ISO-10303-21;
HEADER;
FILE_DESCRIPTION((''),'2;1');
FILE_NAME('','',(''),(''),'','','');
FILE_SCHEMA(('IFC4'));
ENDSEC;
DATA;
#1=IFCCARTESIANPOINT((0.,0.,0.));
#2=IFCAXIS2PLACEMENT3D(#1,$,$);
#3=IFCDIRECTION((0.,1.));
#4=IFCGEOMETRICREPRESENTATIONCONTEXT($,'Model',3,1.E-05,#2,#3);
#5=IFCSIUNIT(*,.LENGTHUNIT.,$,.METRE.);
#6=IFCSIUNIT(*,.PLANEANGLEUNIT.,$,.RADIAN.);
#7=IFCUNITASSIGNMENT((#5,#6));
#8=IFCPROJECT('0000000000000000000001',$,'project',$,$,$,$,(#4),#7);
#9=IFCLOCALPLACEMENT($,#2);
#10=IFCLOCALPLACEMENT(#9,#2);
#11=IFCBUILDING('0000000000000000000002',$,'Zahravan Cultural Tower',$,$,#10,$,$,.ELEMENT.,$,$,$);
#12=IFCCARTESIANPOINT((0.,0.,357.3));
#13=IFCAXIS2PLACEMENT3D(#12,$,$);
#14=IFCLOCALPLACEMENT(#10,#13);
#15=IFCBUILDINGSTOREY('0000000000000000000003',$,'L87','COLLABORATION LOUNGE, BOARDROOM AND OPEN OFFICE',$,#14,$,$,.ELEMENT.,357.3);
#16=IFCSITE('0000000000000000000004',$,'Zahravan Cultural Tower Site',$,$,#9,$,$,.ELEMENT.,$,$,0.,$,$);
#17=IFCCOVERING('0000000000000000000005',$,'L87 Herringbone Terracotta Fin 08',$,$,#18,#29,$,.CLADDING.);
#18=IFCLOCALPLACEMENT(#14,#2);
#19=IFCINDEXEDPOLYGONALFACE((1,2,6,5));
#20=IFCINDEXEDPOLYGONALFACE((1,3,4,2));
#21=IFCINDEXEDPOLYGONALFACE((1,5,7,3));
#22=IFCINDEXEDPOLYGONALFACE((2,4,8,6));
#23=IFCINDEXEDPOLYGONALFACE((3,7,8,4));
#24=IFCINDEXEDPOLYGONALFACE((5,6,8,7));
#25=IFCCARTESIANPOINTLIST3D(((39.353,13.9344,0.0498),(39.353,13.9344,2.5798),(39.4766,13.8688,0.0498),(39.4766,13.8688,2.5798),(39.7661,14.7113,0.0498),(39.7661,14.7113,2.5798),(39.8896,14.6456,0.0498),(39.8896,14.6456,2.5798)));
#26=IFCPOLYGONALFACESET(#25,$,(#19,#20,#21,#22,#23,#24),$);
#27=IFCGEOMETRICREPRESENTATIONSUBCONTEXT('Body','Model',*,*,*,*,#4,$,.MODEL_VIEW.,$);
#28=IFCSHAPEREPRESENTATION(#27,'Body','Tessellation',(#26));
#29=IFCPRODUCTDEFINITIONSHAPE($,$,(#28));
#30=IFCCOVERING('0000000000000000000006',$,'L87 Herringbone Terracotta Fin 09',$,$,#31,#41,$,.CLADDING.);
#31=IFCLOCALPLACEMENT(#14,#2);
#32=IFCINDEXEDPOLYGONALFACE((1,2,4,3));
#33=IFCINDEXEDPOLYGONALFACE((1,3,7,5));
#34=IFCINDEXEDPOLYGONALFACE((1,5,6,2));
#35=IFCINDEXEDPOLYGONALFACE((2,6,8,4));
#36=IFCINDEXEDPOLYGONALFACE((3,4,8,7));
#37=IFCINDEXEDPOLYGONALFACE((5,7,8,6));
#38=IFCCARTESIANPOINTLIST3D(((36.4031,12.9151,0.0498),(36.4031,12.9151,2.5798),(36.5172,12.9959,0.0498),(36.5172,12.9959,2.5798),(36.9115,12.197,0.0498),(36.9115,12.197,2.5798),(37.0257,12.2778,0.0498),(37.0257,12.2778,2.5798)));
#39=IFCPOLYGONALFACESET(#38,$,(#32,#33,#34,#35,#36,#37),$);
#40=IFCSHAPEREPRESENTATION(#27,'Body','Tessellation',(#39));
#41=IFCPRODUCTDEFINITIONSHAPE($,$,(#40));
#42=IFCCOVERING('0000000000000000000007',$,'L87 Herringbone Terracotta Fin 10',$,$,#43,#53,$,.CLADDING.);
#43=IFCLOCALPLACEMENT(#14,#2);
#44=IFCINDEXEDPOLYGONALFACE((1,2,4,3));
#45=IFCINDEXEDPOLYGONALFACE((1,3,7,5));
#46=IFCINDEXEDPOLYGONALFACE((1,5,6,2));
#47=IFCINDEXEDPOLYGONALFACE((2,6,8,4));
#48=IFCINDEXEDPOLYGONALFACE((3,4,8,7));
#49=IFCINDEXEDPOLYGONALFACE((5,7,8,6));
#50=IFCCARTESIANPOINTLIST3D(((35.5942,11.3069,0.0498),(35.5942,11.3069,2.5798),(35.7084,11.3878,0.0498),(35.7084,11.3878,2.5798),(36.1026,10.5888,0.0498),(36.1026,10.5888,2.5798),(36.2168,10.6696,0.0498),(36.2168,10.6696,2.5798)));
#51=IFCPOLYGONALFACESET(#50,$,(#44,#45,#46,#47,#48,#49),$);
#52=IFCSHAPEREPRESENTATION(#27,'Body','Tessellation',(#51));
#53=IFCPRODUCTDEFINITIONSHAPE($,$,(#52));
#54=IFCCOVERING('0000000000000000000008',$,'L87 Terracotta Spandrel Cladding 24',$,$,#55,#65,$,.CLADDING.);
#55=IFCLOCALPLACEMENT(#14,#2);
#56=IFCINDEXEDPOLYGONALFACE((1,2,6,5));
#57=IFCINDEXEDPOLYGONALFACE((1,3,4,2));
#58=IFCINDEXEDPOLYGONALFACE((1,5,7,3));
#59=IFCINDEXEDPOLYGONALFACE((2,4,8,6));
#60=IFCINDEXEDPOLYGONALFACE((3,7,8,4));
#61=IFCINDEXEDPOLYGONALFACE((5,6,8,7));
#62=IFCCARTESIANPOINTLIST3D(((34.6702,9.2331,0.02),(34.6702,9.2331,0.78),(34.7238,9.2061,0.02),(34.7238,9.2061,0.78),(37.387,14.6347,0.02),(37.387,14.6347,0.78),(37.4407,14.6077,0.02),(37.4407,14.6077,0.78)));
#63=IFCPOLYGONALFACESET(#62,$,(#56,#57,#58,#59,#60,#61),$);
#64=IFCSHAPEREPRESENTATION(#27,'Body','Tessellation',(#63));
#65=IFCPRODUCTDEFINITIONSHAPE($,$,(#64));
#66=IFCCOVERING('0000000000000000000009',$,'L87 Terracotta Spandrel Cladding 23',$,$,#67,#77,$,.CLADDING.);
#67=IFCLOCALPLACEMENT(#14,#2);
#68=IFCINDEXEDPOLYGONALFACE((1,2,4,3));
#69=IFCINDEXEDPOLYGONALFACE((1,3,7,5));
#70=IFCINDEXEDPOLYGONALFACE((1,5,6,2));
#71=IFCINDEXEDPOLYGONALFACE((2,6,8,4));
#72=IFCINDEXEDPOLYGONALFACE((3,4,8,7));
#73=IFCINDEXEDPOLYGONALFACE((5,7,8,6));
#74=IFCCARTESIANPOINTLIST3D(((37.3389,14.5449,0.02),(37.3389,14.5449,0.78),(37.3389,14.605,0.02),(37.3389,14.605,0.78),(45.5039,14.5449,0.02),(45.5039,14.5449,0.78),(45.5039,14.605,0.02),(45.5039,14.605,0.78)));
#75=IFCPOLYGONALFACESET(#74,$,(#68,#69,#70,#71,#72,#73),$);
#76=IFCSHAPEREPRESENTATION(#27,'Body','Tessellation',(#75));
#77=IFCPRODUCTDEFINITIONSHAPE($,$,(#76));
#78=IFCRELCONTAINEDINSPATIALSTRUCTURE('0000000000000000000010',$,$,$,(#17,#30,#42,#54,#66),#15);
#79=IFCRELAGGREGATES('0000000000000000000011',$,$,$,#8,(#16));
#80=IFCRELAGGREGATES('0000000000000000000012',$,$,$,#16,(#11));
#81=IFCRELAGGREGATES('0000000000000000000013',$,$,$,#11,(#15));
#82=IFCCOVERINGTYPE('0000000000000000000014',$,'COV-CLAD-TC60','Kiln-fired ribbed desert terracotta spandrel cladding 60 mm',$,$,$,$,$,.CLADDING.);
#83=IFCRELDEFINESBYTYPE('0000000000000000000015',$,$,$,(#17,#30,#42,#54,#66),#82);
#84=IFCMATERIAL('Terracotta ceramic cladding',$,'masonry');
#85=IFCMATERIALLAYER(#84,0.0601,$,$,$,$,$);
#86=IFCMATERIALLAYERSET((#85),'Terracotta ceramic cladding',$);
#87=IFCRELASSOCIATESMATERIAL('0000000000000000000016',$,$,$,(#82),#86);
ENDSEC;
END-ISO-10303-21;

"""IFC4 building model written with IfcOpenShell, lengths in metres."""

from ifc_helpers import new_model, si_unit, direction, frame, origin, origin_2d, place, context, subcontext, project, spatial, rectangle, extrude, source, transform, mapped, material, layer, layer_set, type_object, element, save


model = new_model("IFC4")

# Units and contexts
model_context = context("Model", 3, precision=1e-05, world=origin(), true_north=direction((0.0, 1.0)))
body_context = subcontext(model_context, "Body", "Model", "MODEL_VIEW")
ifc_project = project(units=[si_unit("LENGTHUNIT", "METRE"), si_unit("PLANEANGLEUNIT", "RADIAN")], contexts=[model_context])

# Site, building, storey
site_placement = place(None, origin())
site = spatial("IfcSite", under=ifc_project, at=site_placement, Name="Zahravan Cultural Tower Site", CompositionType="ELEMENT", RefElevation=0.0)
building_placement = place(site_placement, origin())
building = spatial("IfcBuilding", under=site, at=building_placement, Name="Zahravan Cultural Tower", CompositionType="ELEMENT")
storey_placement = place(building_placement, frame((0.0, 0.0, 357.3)))
storey = spatial("IfcBuildingStorey", under=building, at=storey_placement, Name="L87", Description="COLLABORATION LOUNGE, BOARDROOM AND OPEN OFFICE", CompositionType="ELEMENT", Elevation=357.3)

# Coverings
ifc_material_1 = material(Name="Terracotta ceramic cladding", Category="masonry")
ifc_layer_1 = layer(ifc_material_1, 0.0601)
ifc_layer_set_1 = layer_set([ifc_layer_1], Name="Terracotta ceramic cladding")
covering_type = type_object("IfcCoveringType", Name="COV-CLAD-TC60", Description="Kiln-fired ribbed desert terracotta spandrel cladding 60 mm", PredefinedType="CLADDING", material=ifc_layer_set_1)
shared_shape_1 = source(origin(), body_context, "Body", "SweptSolid", [
    extrude(rectangle(XDim=0.8799, YDim=0.1399, at=origin_2d()), origin(), (0.0, 0.0, 1.0), 2.53),
])
for number, where, z_axis, x_axis, name in (
    (1, (39.6213, 14.29, 0.0498), (0.0, 0.0, 1.0), (-0.469472, -0.882948, 0.0), "L87 Herringbone Terracotta Fin 08"),
    (2, (36.7144, 12.5964, 0.0498), (0.0, 0.0, 1.0), (0.577843, -0.816148, 0.0), "L87 Herringbone Terracotta Fin 09"),
    (3, (35.9055, 10.9883, 0.0498), (0.0, 0.0, 1.0), (0.577843, -0.816148, 0.0), "L87 Herringbone Terracotta Fin 10"),
):
    element("IfcCovering", number, at=place(storey_placement, frame(where, z_axis=z_axis, x_axis=x_axis)), inside=storey, type_object=covering_type, Name=name, PredefinedType="CLADDING", context=body_context, shape_type="MappedRepresentation", body=[
        mapped(shared_shape_1, transform((0.0, 0.0, 0.0), x_axis=(1.0, 0.0, 0.0), y_axis=(0.0, 1.0, 0.0), z_axis=(0.0, 0.0, 1.0), scale=1.0)),
    ])
shared_shape_2 = source(origin(), body_context, "Body", "SweptSolid", [
    extrude(rectangle(XDim=6.0464, YDim=0.0601, at=origin_2d()), origin(), (0.0, 0.0, 1.0), 0.76),
])
covering_1_placement = place(storey_placement, frame((36.0554, 11.9204, 0.02), z_axis=(0.0, 0.0, 1.0), x_axis=(-0.449335, -0.893364, 0.0)))
element("IfcCovering", 4, at=covering_1_placement, inside=storey, type_object=covering_type, Name="L87 Terracotta Spandrel Cladding 24", PredefinedType="CLADDING", context=body_context, shape_type="MappedRepresentation", body=[
    mapped(shared_shape_2, transform((0.0, 0.0, 0.0), x_axis=(1.0, 0.0, 0.0), y_axis=(0.0, 1.0, 0.0), z_axis=(0.0, 0.0, 1.0), scale=1.0)),
])
shared_shape_3 = source(origin(), body_context, "Body", "SweptSolid", [
    extrude(rectangle(XDim=8.165, YDim=0.0601, at=origin_2d()), origin(), (0.0, 0.0, 1.0), 0.76),
])
covering_2_placement = place(storey_placement, frame((41.4214, 14.575, 0.02), z_axis=(0.0, 0.0, 1.0), x_axis=(-1.0, 0.0, 0.0)))
element("IfcCovering", 5, at=covering_2_placement, inside=storey, type_object=covering_type, Name="L87 Terracotta Spandrel Cladding 23", PredefinedType="CLADDING", context=body_context, shape_type="MappedRepresentation", body=[
    mapped(shared_shape_3, transform((0.0, 0.0, 0.0), x_axis=(1.0, 0.0, 0.0), y_axis=(0.0, 1.0, 0.0), z_axis=(0.0, 0.0, 1.0), scale=1.0)),
])

save(model, "model.ifc")
